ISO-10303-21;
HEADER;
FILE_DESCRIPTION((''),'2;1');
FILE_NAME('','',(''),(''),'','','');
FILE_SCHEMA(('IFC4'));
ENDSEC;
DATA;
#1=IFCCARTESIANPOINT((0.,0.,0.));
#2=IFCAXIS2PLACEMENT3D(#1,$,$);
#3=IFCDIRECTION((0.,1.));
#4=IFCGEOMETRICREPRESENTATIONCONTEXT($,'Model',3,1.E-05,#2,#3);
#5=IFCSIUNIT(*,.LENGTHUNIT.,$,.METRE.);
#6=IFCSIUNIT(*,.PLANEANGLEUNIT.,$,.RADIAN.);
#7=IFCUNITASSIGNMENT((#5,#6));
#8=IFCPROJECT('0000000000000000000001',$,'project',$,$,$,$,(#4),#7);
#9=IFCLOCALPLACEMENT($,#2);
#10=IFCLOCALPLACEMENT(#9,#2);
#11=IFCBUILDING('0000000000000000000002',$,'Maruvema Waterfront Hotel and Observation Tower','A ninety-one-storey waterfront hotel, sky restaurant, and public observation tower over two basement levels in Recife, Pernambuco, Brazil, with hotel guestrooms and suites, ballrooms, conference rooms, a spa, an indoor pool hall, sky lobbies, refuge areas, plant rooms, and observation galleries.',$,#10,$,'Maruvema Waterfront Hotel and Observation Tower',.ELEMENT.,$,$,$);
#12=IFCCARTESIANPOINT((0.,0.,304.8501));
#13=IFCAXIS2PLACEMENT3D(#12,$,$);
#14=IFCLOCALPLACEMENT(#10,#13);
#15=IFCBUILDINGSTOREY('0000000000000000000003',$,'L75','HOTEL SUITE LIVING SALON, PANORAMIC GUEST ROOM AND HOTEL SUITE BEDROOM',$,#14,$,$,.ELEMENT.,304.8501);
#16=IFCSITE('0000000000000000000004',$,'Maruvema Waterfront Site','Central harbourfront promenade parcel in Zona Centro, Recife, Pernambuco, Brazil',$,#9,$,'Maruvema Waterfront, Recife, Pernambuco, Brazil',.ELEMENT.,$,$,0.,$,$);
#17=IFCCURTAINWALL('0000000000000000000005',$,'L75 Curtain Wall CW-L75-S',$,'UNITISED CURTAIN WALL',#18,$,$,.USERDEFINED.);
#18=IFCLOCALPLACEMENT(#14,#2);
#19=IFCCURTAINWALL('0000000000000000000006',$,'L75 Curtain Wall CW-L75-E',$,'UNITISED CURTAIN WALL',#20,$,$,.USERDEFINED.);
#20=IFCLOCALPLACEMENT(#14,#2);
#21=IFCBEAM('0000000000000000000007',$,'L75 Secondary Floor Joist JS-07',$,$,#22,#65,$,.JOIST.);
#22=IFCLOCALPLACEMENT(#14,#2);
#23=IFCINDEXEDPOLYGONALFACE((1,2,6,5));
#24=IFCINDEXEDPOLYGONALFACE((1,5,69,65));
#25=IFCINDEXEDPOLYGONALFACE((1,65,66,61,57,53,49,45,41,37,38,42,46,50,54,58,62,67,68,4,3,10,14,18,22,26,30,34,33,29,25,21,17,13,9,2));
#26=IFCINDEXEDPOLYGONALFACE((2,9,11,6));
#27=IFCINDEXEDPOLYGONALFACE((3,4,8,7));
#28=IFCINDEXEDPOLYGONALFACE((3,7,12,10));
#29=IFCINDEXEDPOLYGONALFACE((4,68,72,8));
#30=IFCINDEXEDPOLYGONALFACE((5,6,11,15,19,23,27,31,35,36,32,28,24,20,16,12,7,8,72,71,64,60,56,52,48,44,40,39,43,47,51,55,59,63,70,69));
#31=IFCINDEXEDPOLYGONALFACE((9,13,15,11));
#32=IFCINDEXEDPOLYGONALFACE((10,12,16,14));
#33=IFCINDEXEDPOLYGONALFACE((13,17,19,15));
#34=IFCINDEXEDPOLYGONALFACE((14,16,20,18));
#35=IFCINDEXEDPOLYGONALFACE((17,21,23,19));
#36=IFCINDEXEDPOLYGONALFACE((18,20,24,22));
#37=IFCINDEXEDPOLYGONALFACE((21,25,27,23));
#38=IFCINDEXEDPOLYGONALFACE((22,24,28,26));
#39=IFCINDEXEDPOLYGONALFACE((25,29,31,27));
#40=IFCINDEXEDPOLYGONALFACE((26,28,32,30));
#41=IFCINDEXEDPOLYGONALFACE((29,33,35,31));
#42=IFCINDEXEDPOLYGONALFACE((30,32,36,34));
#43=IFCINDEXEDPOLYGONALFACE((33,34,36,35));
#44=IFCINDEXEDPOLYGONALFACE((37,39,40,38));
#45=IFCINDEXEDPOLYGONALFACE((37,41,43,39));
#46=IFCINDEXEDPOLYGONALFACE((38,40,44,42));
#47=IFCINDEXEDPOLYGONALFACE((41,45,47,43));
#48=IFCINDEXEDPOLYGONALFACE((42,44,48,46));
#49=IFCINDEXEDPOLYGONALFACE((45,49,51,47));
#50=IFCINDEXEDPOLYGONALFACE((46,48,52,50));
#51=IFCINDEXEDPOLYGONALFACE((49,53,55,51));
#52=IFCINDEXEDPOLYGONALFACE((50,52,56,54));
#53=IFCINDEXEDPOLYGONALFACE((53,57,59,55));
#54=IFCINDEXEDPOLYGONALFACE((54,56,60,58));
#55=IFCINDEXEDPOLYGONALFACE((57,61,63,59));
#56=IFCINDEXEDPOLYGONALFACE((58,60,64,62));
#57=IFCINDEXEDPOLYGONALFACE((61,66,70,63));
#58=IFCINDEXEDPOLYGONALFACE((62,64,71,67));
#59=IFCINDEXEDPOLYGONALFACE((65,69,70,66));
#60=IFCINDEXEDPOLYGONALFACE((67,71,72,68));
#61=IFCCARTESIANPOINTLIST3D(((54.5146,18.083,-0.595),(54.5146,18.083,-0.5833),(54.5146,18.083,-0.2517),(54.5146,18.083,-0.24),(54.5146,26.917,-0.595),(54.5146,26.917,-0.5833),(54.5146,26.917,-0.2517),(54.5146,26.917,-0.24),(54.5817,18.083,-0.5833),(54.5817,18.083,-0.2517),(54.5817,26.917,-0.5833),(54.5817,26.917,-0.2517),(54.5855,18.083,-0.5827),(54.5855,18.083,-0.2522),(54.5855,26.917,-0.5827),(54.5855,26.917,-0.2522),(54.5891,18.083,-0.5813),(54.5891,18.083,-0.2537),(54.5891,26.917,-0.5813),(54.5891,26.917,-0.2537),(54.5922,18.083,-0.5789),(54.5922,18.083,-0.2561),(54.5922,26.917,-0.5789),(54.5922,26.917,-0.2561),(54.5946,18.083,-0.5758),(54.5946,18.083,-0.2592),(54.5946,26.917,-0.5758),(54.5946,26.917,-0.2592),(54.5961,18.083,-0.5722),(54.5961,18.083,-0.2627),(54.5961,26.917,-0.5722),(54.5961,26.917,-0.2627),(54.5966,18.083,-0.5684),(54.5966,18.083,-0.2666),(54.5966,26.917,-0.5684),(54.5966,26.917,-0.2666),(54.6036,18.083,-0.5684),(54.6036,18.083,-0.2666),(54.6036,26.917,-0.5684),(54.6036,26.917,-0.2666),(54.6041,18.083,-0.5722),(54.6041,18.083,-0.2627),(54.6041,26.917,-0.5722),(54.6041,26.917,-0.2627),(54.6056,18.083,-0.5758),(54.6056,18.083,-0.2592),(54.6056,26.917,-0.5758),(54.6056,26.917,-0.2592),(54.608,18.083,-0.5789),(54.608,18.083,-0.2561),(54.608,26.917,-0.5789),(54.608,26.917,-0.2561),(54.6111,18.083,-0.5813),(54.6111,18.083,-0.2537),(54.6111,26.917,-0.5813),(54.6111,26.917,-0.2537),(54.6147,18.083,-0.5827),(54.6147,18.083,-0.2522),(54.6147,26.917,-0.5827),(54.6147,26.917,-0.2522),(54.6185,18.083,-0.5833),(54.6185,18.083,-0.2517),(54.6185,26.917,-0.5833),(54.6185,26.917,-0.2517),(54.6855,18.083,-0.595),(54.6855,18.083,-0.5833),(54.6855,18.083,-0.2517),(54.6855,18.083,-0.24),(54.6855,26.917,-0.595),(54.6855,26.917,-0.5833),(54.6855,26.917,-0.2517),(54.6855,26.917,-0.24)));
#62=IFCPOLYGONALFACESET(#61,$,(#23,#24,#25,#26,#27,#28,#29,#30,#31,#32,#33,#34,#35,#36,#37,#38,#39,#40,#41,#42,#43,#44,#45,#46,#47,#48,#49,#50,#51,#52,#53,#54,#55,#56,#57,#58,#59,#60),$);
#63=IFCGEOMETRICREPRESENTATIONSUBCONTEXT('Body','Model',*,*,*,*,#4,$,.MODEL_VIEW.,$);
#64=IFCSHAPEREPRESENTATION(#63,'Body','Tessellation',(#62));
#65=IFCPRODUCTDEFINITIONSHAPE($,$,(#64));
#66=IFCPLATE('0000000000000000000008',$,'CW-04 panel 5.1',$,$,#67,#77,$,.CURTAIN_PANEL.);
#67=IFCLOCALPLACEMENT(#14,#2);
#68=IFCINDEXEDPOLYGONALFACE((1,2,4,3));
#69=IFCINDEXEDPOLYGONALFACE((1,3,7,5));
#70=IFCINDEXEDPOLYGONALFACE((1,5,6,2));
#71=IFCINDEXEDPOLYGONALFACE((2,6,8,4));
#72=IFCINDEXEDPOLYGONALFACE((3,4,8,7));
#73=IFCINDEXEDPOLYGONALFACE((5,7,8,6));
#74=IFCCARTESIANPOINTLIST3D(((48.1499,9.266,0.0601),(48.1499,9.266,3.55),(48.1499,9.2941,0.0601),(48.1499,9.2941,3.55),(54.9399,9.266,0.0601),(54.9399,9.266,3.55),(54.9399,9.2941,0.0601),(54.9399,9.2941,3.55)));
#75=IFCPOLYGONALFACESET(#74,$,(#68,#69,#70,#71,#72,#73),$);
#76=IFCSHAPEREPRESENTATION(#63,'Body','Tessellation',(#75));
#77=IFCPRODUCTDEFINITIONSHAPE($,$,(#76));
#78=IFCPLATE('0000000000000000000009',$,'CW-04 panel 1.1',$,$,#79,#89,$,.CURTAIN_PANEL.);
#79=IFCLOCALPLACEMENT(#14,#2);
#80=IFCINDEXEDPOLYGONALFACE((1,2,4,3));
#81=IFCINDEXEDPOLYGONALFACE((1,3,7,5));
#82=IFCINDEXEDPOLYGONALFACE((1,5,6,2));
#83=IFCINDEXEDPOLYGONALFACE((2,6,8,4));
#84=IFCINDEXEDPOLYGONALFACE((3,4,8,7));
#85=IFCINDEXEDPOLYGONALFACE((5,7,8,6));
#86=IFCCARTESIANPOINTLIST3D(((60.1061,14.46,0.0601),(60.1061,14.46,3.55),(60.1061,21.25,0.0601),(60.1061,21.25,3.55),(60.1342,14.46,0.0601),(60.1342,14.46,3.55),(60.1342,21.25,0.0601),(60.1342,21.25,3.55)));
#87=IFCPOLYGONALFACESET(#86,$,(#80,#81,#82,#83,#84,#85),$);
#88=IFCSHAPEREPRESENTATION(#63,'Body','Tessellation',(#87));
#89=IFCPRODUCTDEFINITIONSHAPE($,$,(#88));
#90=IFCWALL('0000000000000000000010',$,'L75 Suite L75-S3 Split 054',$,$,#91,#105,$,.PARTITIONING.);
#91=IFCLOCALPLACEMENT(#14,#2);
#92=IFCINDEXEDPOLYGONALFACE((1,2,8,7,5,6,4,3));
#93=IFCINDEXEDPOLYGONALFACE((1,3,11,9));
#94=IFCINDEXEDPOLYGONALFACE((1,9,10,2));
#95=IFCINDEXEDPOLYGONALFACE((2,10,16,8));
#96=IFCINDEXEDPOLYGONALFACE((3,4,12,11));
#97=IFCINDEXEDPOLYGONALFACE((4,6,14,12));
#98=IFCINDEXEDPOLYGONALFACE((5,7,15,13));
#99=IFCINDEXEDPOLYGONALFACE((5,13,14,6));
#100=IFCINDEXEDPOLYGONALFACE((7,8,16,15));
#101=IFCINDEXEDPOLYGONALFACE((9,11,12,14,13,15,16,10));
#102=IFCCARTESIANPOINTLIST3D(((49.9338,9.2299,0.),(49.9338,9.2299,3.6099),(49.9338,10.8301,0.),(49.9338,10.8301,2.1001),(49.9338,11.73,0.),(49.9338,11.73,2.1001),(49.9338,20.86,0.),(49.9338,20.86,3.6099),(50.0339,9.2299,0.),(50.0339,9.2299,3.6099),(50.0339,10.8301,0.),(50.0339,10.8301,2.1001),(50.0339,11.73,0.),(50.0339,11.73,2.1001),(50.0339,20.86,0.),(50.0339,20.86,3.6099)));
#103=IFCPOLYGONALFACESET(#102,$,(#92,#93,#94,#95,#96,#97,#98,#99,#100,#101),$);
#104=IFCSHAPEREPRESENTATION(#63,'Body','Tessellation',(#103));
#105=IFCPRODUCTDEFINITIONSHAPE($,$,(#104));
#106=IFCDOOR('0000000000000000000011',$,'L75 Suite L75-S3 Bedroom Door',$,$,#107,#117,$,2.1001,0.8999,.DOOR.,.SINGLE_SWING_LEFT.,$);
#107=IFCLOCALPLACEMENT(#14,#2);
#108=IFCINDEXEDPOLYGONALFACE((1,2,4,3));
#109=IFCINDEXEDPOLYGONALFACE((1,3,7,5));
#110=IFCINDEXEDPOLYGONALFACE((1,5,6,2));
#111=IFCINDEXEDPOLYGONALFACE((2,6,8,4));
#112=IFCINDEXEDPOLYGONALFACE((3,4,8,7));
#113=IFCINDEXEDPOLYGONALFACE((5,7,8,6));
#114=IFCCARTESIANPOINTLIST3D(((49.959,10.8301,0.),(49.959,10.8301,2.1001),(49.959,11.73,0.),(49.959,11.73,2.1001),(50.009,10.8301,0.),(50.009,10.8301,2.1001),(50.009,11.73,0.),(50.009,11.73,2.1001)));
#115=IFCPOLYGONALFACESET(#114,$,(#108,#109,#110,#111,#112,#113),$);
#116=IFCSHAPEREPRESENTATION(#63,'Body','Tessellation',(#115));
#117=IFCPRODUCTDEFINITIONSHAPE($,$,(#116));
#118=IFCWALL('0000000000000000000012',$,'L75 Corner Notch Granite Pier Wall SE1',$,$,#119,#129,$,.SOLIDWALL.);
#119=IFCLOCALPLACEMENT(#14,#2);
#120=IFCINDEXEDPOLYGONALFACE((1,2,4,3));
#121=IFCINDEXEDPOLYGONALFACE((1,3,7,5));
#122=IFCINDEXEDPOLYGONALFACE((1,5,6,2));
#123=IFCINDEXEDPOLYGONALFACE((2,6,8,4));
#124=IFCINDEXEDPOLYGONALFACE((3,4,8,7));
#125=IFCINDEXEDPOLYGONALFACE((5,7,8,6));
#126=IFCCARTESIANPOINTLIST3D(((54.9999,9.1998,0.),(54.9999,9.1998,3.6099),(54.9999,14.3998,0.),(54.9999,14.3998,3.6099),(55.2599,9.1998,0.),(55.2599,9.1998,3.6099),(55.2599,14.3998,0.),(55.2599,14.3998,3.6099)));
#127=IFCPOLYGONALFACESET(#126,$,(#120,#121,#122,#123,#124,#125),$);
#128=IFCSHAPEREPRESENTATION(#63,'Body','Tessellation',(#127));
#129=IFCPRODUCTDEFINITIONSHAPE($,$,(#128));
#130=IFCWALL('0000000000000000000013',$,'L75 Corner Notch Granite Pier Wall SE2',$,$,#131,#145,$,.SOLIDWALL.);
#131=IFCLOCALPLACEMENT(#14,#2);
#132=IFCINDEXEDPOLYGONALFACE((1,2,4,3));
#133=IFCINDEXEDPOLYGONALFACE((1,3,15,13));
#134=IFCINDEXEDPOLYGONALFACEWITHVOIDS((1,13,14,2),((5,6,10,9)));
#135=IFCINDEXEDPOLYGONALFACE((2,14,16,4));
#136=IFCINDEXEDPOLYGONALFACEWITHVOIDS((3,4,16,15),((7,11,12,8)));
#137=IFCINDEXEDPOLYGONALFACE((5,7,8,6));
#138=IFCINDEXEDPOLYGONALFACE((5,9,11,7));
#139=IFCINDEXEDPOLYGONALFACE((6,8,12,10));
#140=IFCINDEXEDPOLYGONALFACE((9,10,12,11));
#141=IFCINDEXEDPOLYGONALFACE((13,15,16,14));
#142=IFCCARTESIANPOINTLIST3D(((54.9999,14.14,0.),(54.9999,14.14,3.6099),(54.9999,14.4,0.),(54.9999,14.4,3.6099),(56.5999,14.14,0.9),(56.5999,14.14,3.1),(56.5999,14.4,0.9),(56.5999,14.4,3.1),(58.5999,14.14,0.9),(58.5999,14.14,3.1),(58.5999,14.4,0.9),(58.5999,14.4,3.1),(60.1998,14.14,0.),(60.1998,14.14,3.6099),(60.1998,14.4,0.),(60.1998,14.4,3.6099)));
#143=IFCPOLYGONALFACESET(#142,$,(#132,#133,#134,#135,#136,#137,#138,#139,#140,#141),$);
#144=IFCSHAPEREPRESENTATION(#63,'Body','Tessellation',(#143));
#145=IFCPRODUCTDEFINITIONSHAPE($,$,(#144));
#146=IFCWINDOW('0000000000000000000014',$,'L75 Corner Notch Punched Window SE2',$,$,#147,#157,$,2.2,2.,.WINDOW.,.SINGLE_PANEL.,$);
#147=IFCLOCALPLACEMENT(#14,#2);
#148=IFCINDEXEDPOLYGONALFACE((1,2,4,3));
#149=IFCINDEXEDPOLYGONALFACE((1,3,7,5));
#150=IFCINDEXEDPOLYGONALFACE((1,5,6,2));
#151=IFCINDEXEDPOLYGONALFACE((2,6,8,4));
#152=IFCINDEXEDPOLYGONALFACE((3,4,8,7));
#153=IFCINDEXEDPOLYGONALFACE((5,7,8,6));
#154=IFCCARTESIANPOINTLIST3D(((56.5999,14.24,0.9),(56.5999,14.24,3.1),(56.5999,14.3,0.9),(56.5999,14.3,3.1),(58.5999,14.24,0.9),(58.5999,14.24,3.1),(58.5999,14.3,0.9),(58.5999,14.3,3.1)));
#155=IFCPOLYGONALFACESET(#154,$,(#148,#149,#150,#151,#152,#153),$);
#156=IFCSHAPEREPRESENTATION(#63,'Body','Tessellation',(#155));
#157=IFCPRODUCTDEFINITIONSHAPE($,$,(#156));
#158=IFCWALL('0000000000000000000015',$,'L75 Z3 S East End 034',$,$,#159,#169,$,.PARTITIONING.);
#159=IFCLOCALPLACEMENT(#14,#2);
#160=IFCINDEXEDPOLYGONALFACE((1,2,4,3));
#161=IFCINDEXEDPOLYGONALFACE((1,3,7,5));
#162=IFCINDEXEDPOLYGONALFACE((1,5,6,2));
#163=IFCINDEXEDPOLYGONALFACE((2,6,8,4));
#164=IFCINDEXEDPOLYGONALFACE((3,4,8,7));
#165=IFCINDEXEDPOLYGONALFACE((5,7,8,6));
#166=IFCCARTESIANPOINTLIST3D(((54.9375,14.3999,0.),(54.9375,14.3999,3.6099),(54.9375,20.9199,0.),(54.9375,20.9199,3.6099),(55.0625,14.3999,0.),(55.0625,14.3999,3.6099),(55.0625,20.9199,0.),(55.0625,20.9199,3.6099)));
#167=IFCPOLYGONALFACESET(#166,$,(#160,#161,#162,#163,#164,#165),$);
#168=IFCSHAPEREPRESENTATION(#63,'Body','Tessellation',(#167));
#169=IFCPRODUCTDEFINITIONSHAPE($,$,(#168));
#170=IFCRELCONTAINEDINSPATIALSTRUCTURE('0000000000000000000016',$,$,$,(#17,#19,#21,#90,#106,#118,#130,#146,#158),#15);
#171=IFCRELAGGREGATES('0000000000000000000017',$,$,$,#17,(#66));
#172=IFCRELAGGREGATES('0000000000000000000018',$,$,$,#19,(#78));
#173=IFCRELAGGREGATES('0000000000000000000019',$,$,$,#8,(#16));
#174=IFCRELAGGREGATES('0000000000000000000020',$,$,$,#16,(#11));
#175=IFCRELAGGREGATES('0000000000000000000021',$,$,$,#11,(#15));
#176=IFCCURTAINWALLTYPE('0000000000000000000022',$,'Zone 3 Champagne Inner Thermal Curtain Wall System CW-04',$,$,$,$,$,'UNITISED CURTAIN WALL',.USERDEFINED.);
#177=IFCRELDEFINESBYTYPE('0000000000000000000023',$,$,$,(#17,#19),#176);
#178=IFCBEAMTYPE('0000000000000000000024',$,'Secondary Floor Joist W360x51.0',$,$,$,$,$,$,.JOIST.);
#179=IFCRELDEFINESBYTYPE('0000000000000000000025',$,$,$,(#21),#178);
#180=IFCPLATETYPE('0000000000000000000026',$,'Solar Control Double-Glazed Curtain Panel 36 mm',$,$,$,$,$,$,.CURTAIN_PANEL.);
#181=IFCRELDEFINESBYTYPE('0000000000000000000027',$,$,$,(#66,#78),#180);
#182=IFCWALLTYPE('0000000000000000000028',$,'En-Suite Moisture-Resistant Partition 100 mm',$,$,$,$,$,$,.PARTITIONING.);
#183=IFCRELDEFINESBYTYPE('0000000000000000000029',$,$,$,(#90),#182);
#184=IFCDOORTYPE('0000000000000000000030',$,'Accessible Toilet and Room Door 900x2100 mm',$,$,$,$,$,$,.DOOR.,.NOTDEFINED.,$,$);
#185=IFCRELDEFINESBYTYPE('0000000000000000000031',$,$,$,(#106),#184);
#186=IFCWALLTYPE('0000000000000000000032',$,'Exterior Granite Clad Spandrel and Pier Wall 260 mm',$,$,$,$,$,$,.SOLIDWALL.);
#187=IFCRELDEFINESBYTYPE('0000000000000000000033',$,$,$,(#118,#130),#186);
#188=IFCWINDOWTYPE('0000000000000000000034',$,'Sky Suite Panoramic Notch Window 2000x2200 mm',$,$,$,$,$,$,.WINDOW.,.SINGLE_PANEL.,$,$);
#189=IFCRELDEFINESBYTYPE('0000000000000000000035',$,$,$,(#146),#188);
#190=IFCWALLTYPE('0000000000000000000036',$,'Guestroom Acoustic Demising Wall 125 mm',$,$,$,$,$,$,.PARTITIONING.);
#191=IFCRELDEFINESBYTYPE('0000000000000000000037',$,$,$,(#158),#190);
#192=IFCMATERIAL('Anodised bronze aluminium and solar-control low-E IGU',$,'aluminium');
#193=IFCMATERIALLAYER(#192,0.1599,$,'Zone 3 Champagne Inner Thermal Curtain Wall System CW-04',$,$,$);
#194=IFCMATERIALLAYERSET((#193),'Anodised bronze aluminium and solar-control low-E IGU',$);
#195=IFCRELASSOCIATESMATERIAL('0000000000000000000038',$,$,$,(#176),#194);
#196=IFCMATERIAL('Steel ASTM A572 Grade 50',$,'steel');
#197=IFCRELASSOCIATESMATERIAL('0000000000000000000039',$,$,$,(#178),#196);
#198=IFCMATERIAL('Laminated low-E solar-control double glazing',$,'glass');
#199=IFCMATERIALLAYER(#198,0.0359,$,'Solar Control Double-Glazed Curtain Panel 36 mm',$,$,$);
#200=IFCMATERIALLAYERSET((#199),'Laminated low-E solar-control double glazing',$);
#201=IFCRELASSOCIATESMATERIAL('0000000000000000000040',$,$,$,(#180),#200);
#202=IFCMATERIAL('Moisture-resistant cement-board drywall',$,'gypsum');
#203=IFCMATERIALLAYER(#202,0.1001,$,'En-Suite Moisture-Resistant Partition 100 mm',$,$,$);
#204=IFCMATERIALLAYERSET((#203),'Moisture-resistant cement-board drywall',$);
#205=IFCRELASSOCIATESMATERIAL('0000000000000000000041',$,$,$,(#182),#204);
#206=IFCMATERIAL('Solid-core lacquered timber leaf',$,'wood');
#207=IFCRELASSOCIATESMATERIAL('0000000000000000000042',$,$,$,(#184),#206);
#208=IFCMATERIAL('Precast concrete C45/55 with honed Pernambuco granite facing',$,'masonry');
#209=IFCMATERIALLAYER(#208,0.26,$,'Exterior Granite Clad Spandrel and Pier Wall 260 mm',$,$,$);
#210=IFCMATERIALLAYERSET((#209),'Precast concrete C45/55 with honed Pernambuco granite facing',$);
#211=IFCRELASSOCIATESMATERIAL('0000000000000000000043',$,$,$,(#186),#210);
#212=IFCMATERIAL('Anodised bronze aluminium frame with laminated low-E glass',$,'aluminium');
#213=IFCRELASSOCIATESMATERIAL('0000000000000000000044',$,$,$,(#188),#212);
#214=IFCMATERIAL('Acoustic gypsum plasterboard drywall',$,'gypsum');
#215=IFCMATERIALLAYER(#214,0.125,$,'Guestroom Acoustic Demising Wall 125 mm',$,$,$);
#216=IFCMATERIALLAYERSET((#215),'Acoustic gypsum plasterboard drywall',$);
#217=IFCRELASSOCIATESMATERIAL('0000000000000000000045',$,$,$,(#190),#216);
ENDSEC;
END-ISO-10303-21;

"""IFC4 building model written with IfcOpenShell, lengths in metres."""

from ifc_helpers import new_model, si_unit, direction, frame, frame_2d, origin, origin_2d, place, context, subcontext, project, spatial, rectangle, i_section, extrude, material, layer, layer_set, material_profile, profile_set, type_object, element, fill, aggregate, save


model = new_model("IFC4")

# Units and contexts
model_context = context("Model", 3, precision=1e-05, world=origin(), true_north=direction((0.0, 1.0)))
body_context = subcontext(model_context, "Body", "Model", "MODEL_VIEW")
ifc_project = project(units=[si_unit("LENGTHUNIT", "METRE"), si_unit("PLANEANGLEUNIT", "RADIAN")], contexts=[model_context])

# Site, building, storey
site_placement = place(None, origin())
site = spatial("IfcSite", under=ifc_project, at=site_placement, Name="Maruvema Waterfront Site", Description="Central harbourfront promenade parcel in Zona Centro, Recife, Pernambuco, Brazil", LongName="Maruvema Waterfront, Recife, Pernambuco, Brazil", CompositionType="ELEMENT", RefElevation=0.0)
building_placement = place(site_placement, origin())
building = spatial("IfcBuilding", under=site, at=building_placement, Name="Maruvema Waterfront Hotel and Observation Tower", Description="A ninety-one-storey waterfront hotel, sky restaurant, and public observation tower over two basement levels in Recife, Pernambuco, Brazil, with hotel guestrooms and suites, ballrooms, conference rooms, a spa, an indoor pool hall, sky lobbies, refuge areas, plant rooms, and observation galleries.", LongName="Maruvema Waterfront Hotel and Observation Tower", CompositionType="ELEMENT")
storey_placement = place(building_placement, frame((0.0, 0.0, 304.8501)))
storey = spatial("IfcBuildingStorey", under=building, at=storey_placement, Name="L75", Description="HOTEL SUITE LIVING SALON, PANORAMIC GUEST ROOM AND HOTEL SUITE BEDROOM", CompositionType="ELEMENT", Elevation=304.8501)

# Curtain wall
ifc_material_1 = material(Name="Anodised bronze aluminium and solar-control low-E IGU", Category="aluminium")
ifc_layer_1 = layer(ifc_material_1, 0.1599, Name="Zone 3 Champagne Inner Thermal Curtain Wall System CW-04")
ifc_layer_set_1 = layer_set([ifc_layer_1], Name="Anodised bronze aluminium and solar-control low-E IGU")
curtain_wall_type = type_object("IfcCurtainWallType", Name="Zone 3 Champagne Inner Thermal Curtain Wall System CW-04", ElementType="UNITISED CURTAIN WALL", PredefinedType="USERDEFINED", material=ifc_layer_set_1)
curtain_wall_1_placement = place(storey_placement, origin())
curtain_wall_1 = element("IfcCurtainWall", 1, at=curtain_wall_1_placement, inside=storey, type_object=curtain_wall_type, Name="L75 Curtain Wall CW-L75-S", ObjectType="UNITISED CURTAIN WALL", PredefinedType="USERDEFINED")

# Curtain wall
curtain_wall_2_placement = place(storey_placement, origin())
curtain_wall_2 = element("IfcCurtainWall", 2, at=curtain_wall_2_placement, inside=storey, type_object=curtain_wall_type, Name="L75 Curtain Wall CW-L75-E", ObjectType="UNITISED CURTAIN WALL", PredefinedType="USERDEFINED")

# Beam
ifc_material_2 = material(Name="Steel ASTM A572 Grade 50", Category="steel")
ifc_material_profile_1 = material_profile(ifc_material_2, i_section(OverallWidth=0.1709, OverallDepth=0.355, WebThickness=0.0071, FlangeThickness=0.0117, FilletRadius=0.0149, at=origin_2d()), Name="W360x51.0")
ifc_profile_set_1 = profile_set([ifc_material_profile_1], Name="Steel ASTM A572 Grade 50")
beam_type_1 = type_object("IfcBeamType", Name="Secondary Floor Joist W360x51.0", PredefinedType="JOIST", material=ifc_profile_set_1)
beam_1_placement = place(storey_placement, frame((54.6001, 18.083, -0.4175), z_axis=(0.0, 1.0, 0.0), x_axis=(-1.0, 0.0, 0.0)))
element("IfcBeam", 3, at=beam_1_placement, inside=storey, type_object=beam_type_1, Name="L75 Secondary Floor Joist JS-07", PredefinedType="JOIST", context=body_context, shape_type="SweptSolid", body=[
    extrude(i_section(OverallWidth=0.1709, OverallDepth=0.355, WebThickness=0.0071, FlangeThickness=0.0117, FilletRadius=0.0149, at=origin_2d()), origin(), (0.0, 0.0, 1.0), 8.834),
])

# Plates
ifc_material_3 = material(Name="Laminated low-E solar-control double glazing", Category="glass")
ifc_layer_2 = layer(ifc_material_3, 0.0359, Name="Solar Control Double-Glazed Curtain Panel 36 mm")
ifc_layer_set_2 = layer_set([ifc_layer_2], Name="Laminated low-E solar-control double glazing")
plate_type = type_object("IfcPlateType", Name="Solar Control Double-Glazed Curtain Panel 36 mm", PredefinedType="CURTAIN_PANEL", material=ifc_layer_set_2)
plate_1_placement = place(storey_placement, frame((51.5449, 9.28, 0.0601), z_axis=(0.0, 0.0, 1.0), x_axis=(1.0, 0.0, 0.0)))
plate_1 = element("IfcPlate", 4, at=plate_1_placement, type_object=plate_type, Name="CW-04 panel 5.1", PredefinedType="CURTAIN_PANEL", context=body_context, shape_type="SweptSolid", body=[
    extrude(rectangle(XDim=6.79, YDim=0.0281, at=origin_2d()), origin(), (0.0, 0.0, 1.0), 3.49),
])
aggregate(curtain_wall_1, [plate_1])
plate_2_placement = place(storey_placement, frame((60.1201, 17.855, 0.0601), z_axis=(0.0, 0.0, 1.0), x_axis=(0.0, 1.0, 0.0)))
plate_2 = element("IfcPlate", 5, at=plate_2_placement, type_object=plate_type, Name="CW-04 panel 1.1", PredefinedType="CURTAIN_PANEL", context=body_context, shape_type="SweptSolid", body=[
    extrude(rectangle(XDim=6.79, YDim=0.0281, at=origin_2d()), origin(), (0.0, 0.0, 1.0), 3.49),
])
aggregate(curtain_wall_2, [plate_2])

# Wall, opening, door
ifc_material_4 = material(Name="Moisture-resistant cement-board drywall", Category="gypsum")
ifc_layer_3 = layer(ifc_material_4, 0.1001, Name="En-Suite Moisture-Resistant Partition 100 mm")
ifc_layer_set_3 = layer_set([ifc_layer_3], Name="Moisture-resistant cement-board drywall")
wall_type_1 = type_object("IfcWallType", Name="En-Suite Moisture-Resistant Partition 100 mm", PredefinedType="PARTITIONING", material=ifc_layer_set_3)
wall_1_placement = place(storey_placement, frame((49.9839, 9.23, 0.0), z_axis=(0.0, 0.0, 1.0), x_axis=(0.0, 1.0, 0.0)))
wall_1 = element("IfcWall", 6, at=wall_1_placement, inside=storey, type_object=wall_type_1, Name="L75 Suite L75-S3 Split 054", PredefinedType="PARTITIONING", context=body_context, shape_type="SweptSolid", body=[
    extrude(rectangle(XDim=11.6301, YDim=0.1001, at=frame_2d((5.8149, 0.0))), origin(), (0.0, 0.0, 1.0), 3.6099),
])
opening_1_placement = place(wall_1_placement, frame((1.6001, 0.0, 0.0)))
opening_1 = element("IfcOpeningElement", 7, at=opening_1_placement, cuts=wall_1, PredefinedType="OPENING", context=body_context, shape_type="SweptSolid", body=[
    extrude(rectangle(XDim=0.8999, YDim=2.1001, at=frame_2d((0.45, 1.05))), frame((0.0, 0.0601, 0.0), z_axis=(0.0, -1.0, 0.0), x_axis=(1.0, 0.0, 0.0)), (0.0, 0.0, 1.0), 0.1201),
])
ifc_material_5 = material(Name="Solid-core lacquered timber leaf", Category="wood")
door_type = type_object("IfcDoorType", Name="Accessible Toilet and Room Door 900x2100 mm", OperationType="NOTDEFINED", PredefinedType="DOOR", material=ifc_material_5)
door_placement = place(opening_1_placement, origin())
door = element("IfcDoor", 8, at=door_placement, inside=storey, type_object=door_type, Name="L75 Suite L75-S3 Bedroom Door", OperationType="SINGLE_SWING_LEFT", OverallHeight=2.1001, OverallWidth=0.8999, PredefinedType="DOOR", context=body_context, shape_type="SweptSolid", body=[
    extrude(rectangle(XDim=0.8999, YDim=2.1001, at=frame_2d((0.45, 1.05))), frame((0.0, 0.0249, 0.0), z_axis=(0.0, -1.0, 0.0), x_axis=(1.0, 0.0, 0.0)), (0.0, 0.0, 1.0), 0.05),
])
fill(opening_1, door)

# Wall
ifc_material_6 = material(Name="Precast concrete C45/55 with honed Pernambuco granite facing", Category="masonry")
ifc_layer_4 = layer(ifc_material_6, 0.26, Name="Exterior Granite Clad Spandrel and Pier Wall 260 mm")
ifc_layer_set_4 = layer_set([ifc_layer_4], Name="Precast concrete C45/55 with honed Pernambuco granite facing")
wall_type_2 = type_object("IfcWallType", Name="Exterior Granite Clad Spandrel and Pier Wall 260 mm", PredefinedType="SOLIDWALL", material=ifc_layer_set_4)
wall_2_placement = place(storey_placement, frame((55.1299, 14.3999, 0.0), z_axis=(0.0, 0.0, 1.0), x_axis=(0.0, -1.0, 0.0)))
element("IfcWall", 9, at=wall_2_placement, inside=storey, type_object=wall_type_2, Name="L75 Corner Notch Granite Pier Wall SE1", PredefinedType="SOLIDWALL", context=body_context, shape_type="SweptSolid", body=[
    extrude(rectangle(XDim=5.2, YDim=0.26, at=frame_2d((2.6001, 0.0))), origin(), (0.0, 0.0, 1.0), 3.6099),
])

# Wall, opening, window
wall_3_placement = place(storey_placement, frame((60.2, 14.27, 0.0), z_axis=(0.0, 0.0, 1.0), x_axis=(-1.0, 0.0, 0.0)))
wall_3 = element("IfcWall", 10, at=wall_3_placement, inside=storey, type_object=wall_type_2, Name="L75 Corner Notch Granite Pier Wall SE2", PredefinedType="SOLIDWALL", context=body_context, shape_type="SweptSolid", body=[
    extrude(rectangle(XDim=5.2, YDim=0.26, at=frame_2d((2.6001, 0.0))), origin(), (0.0, 0.0, 1.0), 3.6099),
])
opening_2_placement = place(wall_3_placement, frame((1.6001, 0.0, 0.8999)))
opening_2 = element("IfcOpeningElement", 11, at=opening_2_placement, cuts=wall_3, PredefinedType="OPENING", context=body_context, shape_type="SweptSolid", body=[
    extrude(rectangle(XDim=2.0, YDim=2.2, at=frame_2d((1.0, 1.1001))), frame((0.0, 0.1401, 0.0), z_axis=(0.0, -1.0, 0.0), x_axis=(1.0, 0.0, 0.0)), (0.0, 0.0, 1.0), 0.28),
])
ifc_material_7 = material(Name="Anodised bronze aluminium frame with laminated low-E glass", Category="aluminium")
window_type = type_object("IfcWindowType", Name="Sky Suite Panoramic Notch Window 2000x2200 mm", PartitioningType="SINGLE_PANEL", PredefinedType="WINDOW", material=ifc_material_7)
window_placement = place(opening_2_placement, origin())
window = element("IfcWindow", 12, at=window_placement, inside=storey, type_object=window_type, Name="L75 Corner Notch Punched Window SE2", OverallHeight=2.2, OverallWidth=2.0, PartitioningType="SINGLE_PANEL", PredefinedType="WINDOW", context=body_context, shape_type="SweptSolid", body=[
    extrude(rectangle(XDim=2.0, YDim=2.2, at=frame_2d((1.0, 1.1001))), frame((0.0, 0.03, 0.0), z_axis=(0.0, -1.0, 0.0), x_axis=(1.0, 0.0, 0.0)), (0.0, 0.0, 1.0), 0.0601),
])
fill(opening_2, window)

# Wall
ifc_material_8 = material(Name="Acoustic gypsum plasterboard drywall", Category="gypsum")
ifc_layer_5 = layer(ifc_material_8, 0.125, Name="Guestroom Acoustic Demising Wall 125 mm")
ifc_layer_set_5 = layer_set([ifc_layer_5], Name="Acoustic gypsum plasterboard drywall")
wall_type_3 = type_object("IfcWallType", Name="Guestroom Acoustic Demising Wall 125 mm", PredefinedType="PARTITIONING", material=ifc_layer_set_5)
wall_4_placement = place(storey_placement, frame((55.0, 14.3999, 0.0), z_axis=(0.0, 0.0, 1.0), x_axis=(0.0, 1.0, 0.0)))
element("IfcWall", 13, at=wall_4_placement, inside=storey, type_object=wall_type_3, Name="L75 Z3 S East End 034", PredefinedType="PARTITIONING", context=body_context, shape_type="SweptSolid", body=[
    extrude(rectangle(XDim=6.52, YDim=0.125, at=frame_2d((3.26, 0.0))), origin(), (0.0, 0.0, 1.0), 3.6099),
])

save(model, "model.ifc")
